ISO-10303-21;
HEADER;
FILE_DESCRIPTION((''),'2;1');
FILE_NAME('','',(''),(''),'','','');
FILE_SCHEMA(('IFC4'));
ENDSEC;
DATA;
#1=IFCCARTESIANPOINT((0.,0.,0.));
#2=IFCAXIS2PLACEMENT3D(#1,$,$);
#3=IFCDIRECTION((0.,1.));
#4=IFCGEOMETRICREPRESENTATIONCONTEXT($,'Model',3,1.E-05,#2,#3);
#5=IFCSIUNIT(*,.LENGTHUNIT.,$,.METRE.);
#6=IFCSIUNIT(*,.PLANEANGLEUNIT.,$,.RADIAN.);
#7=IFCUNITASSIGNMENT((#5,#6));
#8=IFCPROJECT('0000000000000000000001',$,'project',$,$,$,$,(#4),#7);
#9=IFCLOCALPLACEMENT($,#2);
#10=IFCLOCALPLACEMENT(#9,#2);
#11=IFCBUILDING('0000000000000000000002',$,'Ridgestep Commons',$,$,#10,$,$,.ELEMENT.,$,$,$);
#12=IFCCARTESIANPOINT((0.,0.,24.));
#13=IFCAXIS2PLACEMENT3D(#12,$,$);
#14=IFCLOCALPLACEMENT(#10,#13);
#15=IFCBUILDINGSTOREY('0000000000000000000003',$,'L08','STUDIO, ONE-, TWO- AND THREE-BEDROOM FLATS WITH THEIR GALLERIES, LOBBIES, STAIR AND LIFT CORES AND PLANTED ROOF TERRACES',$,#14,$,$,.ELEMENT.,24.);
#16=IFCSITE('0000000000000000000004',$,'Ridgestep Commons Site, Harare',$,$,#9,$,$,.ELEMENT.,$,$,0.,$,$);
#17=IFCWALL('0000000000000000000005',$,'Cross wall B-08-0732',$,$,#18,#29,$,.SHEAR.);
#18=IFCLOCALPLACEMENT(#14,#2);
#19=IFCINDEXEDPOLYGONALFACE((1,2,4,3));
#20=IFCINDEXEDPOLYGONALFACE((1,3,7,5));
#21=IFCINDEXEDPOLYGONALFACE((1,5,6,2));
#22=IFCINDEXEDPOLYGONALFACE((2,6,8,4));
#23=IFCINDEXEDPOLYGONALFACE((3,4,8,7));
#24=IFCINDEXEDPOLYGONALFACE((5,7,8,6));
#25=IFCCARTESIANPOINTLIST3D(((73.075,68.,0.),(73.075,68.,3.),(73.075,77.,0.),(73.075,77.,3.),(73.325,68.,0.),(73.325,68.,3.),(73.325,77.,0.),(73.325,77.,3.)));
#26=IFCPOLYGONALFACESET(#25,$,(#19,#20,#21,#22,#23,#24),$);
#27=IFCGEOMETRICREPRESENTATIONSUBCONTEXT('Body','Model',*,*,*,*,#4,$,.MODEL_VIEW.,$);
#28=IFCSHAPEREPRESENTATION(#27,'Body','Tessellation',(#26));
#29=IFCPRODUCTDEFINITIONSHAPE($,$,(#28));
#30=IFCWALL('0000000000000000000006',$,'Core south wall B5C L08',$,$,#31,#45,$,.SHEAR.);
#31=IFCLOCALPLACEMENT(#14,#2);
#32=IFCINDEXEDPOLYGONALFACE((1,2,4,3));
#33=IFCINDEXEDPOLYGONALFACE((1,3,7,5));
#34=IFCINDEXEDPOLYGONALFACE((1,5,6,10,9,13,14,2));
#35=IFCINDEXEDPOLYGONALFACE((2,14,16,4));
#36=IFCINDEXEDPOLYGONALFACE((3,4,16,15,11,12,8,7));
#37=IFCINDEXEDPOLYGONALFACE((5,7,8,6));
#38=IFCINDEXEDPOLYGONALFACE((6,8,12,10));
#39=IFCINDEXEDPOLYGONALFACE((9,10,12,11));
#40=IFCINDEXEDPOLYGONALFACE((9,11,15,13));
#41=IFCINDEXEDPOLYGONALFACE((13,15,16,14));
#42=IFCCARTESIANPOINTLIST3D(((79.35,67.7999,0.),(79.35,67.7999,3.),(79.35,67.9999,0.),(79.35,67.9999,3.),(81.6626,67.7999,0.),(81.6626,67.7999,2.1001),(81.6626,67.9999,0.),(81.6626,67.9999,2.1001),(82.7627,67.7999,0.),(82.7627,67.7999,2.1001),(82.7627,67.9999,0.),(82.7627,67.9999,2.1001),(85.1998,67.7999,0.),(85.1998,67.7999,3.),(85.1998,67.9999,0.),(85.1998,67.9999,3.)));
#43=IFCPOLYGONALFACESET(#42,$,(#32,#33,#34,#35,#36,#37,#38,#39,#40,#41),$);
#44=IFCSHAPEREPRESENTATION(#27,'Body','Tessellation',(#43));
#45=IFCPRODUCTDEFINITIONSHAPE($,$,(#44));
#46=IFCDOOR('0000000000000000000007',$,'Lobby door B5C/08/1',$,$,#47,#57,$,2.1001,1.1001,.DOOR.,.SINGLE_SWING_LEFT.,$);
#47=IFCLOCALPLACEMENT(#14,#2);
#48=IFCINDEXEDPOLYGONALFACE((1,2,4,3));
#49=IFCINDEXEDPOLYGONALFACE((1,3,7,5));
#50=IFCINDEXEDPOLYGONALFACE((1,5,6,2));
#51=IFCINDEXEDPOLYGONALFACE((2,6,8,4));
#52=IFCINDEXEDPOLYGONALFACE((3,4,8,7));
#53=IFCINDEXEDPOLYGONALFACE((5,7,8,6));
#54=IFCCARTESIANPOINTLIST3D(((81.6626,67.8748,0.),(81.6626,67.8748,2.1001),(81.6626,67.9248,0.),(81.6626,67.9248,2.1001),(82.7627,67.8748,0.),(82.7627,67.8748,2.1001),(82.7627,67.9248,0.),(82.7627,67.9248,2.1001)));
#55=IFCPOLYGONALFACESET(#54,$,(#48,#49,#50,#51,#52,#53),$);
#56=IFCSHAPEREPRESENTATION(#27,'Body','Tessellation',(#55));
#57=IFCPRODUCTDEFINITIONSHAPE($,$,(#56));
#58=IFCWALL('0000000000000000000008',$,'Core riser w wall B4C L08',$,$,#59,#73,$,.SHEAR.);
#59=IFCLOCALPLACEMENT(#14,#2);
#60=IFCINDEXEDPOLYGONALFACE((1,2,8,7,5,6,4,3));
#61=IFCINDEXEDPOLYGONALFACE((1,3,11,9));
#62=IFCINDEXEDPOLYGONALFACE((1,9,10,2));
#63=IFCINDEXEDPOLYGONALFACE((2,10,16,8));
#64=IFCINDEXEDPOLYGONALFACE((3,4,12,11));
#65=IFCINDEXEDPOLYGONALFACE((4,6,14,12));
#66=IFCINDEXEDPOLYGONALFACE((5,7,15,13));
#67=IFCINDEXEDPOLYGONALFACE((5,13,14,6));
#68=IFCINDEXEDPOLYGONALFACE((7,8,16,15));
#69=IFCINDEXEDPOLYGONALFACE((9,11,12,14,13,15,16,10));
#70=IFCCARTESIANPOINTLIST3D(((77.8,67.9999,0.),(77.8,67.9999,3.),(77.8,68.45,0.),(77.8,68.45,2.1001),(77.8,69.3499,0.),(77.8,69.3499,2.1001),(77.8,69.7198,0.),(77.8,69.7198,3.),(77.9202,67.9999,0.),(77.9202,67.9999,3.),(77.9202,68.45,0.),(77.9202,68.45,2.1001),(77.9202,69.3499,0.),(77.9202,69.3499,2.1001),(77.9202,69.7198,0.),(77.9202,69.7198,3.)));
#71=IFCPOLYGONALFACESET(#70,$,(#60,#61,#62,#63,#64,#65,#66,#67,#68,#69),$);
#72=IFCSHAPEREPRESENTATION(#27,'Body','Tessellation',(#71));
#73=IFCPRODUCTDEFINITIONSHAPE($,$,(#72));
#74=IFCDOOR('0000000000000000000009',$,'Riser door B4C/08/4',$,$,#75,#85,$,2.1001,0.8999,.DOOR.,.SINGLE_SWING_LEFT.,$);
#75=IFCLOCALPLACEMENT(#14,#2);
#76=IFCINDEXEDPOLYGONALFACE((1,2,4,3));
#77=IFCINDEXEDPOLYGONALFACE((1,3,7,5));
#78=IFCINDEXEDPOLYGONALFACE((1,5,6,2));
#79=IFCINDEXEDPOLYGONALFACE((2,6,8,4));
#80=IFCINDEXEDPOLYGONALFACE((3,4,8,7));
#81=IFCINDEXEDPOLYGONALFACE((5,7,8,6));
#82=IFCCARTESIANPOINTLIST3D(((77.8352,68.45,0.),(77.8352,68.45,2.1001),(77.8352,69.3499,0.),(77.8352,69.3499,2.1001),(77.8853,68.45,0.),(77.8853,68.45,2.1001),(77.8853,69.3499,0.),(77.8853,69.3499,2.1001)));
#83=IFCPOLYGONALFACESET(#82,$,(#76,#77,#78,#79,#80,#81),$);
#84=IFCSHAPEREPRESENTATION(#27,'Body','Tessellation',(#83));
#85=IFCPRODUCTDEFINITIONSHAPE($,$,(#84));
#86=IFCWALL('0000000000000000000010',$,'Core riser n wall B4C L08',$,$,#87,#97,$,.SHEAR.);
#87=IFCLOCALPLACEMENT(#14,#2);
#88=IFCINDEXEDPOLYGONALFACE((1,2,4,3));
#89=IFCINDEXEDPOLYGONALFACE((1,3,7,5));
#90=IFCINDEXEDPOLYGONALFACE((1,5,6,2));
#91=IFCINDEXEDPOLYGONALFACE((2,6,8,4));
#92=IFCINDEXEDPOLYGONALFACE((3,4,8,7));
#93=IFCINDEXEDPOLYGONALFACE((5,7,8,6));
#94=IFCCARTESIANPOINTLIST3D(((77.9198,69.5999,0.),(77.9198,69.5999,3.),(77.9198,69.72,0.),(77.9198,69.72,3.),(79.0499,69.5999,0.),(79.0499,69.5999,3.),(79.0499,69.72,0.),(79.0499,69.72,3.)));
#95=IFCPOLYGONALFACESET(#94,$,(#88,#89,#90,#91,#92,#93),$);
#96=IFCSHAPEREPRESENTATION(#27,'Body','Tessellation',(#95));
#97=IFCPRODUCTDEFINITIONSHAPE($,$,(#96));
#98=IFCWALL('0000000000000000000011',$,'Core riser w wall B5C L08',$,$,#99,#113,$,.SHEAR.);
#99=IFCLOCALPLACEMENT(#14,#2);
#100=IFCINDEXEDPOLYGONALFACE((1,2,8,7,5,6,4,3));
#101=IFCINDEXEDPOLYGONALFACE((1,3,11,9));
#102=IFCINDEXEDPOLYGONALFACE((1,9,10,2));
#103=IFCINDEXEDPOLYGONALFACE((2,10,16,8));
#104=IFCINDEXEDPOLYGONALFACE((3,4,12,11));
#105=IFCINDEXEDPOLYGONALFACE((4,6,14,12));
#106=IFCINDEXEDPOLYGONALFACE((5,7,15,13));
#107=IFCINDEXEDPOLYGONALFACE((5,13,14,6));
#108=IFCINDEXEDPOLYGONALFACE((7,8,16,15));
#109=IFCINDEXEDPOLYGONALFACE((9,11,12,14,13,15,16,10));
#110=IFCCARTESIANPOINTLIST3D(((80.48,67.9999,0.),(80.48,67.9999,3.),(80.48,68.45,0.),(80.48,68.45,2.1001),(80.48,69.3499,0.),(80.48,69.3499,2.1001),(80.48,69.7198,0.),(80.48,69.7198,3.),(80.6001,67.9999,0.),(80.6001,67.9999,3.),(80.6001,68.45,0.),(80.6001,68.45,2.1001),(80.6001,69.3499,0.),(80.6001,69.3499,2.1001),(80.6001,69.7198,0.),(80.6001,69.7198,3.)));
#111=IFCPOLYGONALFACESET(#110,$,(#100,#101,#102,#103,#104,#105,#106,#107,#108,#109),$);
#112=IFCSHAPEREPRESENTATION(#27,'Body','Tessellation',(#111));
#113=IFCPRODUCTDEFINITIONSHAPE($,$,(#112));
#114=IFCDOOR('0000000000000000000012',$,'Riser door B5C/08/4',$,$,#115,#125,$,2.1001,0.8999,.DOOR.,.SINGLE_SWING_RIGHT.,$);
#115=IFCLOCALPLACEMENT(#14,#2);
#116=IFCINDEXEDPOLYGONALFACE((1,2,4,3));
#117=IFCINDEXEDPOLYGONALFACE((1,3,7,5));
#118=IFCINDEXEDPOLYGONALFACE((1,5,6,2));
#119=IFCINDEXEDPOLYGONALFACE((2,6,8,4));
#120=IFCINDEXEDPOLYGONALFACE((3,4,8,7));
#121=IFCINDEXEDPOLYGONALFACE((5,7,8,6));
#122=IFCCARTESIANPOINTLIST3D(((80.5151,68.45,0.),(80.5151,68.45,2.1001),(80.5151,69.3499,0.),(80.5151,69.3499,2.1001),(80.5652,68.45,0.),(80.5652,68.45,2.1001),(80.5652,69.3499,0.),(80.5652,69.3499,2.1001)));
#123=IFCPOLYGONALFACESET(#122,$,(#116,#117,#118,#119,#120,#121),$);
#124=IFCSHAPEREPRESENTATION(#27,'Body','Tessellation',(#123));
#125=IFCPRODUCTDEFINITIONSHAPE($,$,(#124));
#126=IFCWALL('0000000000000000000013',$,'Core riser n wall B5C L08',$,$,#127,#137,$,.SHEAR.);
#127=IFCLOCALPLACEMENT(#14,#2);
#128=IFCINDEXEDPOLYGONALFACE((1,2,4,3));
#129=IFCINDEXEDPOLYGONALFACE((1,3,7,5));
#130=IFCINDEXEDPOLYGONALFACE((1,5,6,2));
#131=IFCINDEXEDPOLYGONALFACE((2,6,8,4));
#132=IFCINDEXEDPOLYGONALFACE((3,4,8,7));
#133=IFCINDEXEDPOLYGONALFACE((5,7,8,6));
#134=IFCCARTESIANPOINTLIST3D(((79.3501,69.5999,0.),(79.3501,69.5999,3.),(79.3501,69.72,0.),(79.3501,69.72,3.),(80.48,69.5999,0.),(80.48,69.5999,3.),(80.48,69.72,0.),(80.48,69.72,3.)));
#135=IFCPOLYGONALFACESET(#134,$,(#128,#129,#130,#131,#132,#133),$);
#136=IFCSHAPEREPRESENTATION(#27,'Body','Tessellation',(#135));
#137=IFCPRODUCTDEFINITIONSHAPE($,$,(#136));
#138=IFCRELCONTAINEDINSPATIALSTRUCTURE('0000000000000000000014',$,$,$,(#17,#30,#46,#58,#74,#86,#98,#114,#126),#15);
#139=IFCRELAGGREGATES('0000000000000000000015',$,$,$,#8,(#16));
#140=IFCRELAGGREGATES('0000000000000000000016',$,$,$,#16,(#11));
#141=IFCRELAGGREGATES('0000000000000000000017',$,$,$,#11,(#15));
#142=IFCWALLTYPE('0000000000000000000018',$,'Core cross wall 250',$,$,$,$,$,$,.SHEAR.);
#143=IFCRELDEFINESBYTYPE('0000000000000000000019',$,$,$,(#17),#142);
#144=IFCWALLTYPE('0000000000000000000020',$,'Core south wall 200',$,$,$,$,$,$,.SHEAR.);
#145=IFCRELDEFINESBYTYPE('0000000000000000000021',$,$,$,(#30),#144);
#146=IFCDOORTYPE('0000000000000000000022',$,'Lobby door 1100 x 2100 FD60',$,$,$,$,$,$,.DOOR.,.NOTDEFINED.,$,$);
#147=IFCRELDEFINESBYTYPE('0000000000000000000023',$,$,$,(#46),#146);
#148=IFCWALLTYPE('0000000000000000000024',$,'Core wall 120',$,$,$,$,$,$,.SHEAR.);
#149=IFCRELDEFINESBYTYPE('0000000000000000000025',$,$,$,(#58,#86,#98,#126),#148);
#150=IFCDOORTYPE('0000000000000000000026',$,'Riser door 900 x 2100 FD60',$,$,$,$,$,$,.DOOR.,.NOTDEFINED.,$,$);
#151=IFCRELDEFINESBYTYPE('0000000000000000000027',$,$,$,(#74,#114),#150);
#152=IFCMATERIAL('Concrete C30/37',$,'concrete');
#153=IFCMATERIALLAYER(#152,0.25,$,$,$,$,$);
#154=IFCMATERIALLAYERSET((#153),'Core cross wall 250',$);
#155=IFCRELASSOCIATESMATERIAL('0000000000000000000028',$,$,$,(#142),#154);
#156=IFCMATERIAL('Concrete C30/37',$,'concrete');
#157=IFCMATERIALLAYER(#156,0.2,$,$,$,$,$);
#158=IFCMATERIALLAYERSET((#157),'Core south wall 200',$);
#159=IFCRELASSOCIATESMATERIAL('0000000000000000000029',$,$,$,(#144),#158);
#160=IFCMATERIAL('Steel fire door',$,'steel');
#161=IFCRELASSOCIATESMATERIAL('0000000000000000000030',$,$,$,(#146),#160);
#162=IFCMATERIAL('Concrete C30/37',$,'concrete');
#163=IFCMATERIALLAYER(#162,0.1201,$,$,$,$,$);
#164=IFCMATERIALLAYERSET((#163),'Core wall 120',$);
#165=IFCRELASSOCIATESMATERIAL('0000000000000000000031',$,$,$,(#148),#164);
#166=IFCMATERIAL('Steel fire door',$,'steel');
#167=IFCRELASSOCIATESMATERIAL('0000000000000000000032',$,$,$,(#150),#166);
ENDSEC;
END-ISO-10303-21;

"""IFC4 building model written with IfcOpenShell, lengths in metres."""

from ifc_helpers import new_model, si_unit, direction, frame, frame_2d, origin, place, context, subcontext, project, spatial, rectangle, extrude, material, layer, layer_set, type_object, element, fill, save


model = new_model("IFC4")

# Units and contexts
model_context = context("Model", 3, precision=1e-05, world=origin(), true_north=direction((0.0, 1.0)))
body_context = subcontext(model_context, "Body", "Model", "MODEL_VIEW")
ifc_project = project(units=[si_unit("LENGTHUNIT", "METRE"), si_unit("PLANEANGLEUNIT", "RADIAN")], contexts=[model_context])

# Site, building, storey
site_placement = place(None, origin())
site = spatial("IfcSite", under=ifc_project, at=site_placement, Name="Ridgestep Commons Site, Harare", CompositionType="ELEMENT", RefElevation=0.0)
building_placement = place(site_placement, origin())
building = spatial("IfcBuilding", under=site, at=building_placement, Name="Ridgestep Commons", CompositionType="ELEMENT")
storey_placement = place(building_placement, frame((0.0, 0.0, 24.0)))
storey = spatial("IfcBuildingStorey", under=building, at=storey_placement, Name="L08", Description="STUDIO, ONE-, TWO- AND THREE-BEDROOM FLATS WITH THEIR GALLERIES, LOBBIES, STAIR AND LIFT CORES AND PLANTED ROOF TERRACES", CompositionType="ELEMENT", Elevation=24.0)

# Wall
ifc_material_1 = material(Name="Concrete C30/37", Category="concrete")
ifc_layer_1 = layer(ifc_material_1, 0.25)
ifc_layer_set_1 = layer_set([ifc_layer_1], Name="Core cross wall 250")
wall_type_1 = type_object("IfcWallType", Name="Core cross wall 250", PredefinedType="SHEAR", material=ifc_layer_set_1)
wall_1_placement = place(storey_placement, frame((73.2, 68.0, 0.0), z_axis=(0.0, 0.0, 1.0), x_axis=(0.0, 1.0, 0.0)))
element("IfcWall", 1, at=wall_1_placement, inside=storey, type_object=wall_type_1, Name="Cross wall B-08-0732", PredefinedType="SHEAR", context=body_context, shape_type="SweptSolid", body=[
    extrude(rectangle(XDim=9.0, YDim=0.25, at=frame_2d((4.5, 0.0))), origin(), (0.0, 0.0, 1.0), 3.0),
])

# Walls, openings, doors
ifc_material_2 = material(Name="Concrete C30/37", Category="concrete")
ifc_layer_2 = layer(ifc_material_2, 0.2)
ifc_layer_set_2 = layer_set([ifc_layer_2], Name="Core south wall 200")
wall_type_2 = type_object("IfcWallType", Name="Core south wall 200", PredefinedType="SHEAR", material=ifc_layer_set_2)
wall_2_placement = place(storey_placement, frame((79.3501, 67.8999, 0.0), z_axis=(0.0, 0.0, 1.0), x_axis=(1.0, 0.0, 0.0)))
wall_2 = element("IfcWall", 2, at=wall_2_placement, inside=storey, type_object=wall_type_2, Name="Core south wall B5C L08", PredefinedType="SHEAR", context=body_context, shape_type="SweptSolid", body=[
    extrude(rectangle(XDim=5.8499, YDim=0.2, at=frame_2d((2.9248, 0.0))), origin(), (0.0, 0.0, 1.0), 3.0),
])
opening_1_placement = place(wall_2_placement, frame((2.3125, 0.0, 0.0)))
opening_1 = element("IfcOpeningElement", 3, at=opening_1_placement, cuts=wall_2, PredefinedType="OPENING", context=body_context, shape_type="SweptSolid", body=[
    extrude(rectangle(XDim=1.1001, YDim=2.1001, at=frame_2d((0.55, 1.05))), frame((0.0, 0.1099, 0.0), z_axis=(0.0, -1.0, 0.0), x_axis=(1.0, 0.0, 0.0)), (0.0, 0.0, 1.0), 0.22),
])
ifc_material_3 = material(Name="Steel fire door", Category="steel")
door_type_1 = type_object("IfcDoorType", Name="Lobby door 1100 x 2100 FD60", OperationType="NOTDEFINED", PredefinedType="DOOR", material=ifc_material_3)
door_1_placement = place(opening_1_placement, origin())
door_1 = element("IfcDoor", 4, at=door_1_placement, inside=storey, type_object=door_type_1, Name="Lobby door B5C/08/1", OperationType="SINGLE_SWING_LEFT", OverallHeight=2.1001, OverallWidth=1.1001, PredefinedType="DOOR", context=body_context, shape_type="SweptSolid", body=[
    extrude(rectangle(XDim=1.1001, YDim=2.1001, at=frame_2d((0.55, 1.05))), frame((0.0, 0.0249, 0.0), z_axis=(0.0, -1.0, 0.0), x_axis=(1.0, 0.0, 0.0)), (0.0, 0.0, 1.0), 0.05),
])
fill(opening_1, door_1)
ifc_material_4 = material(Name="Concrete C30/37", Category="concrete")
ifc_layer_3 = layer(ifc_material_4, 0.1201)
ifc_layer_set_3 = layer_set([ifc_layer_3], Name="Core wall 120")
wall_type_3 = type_object("IfcWallType", Name="Core wall 120", PredefinedType="SHEAR", material=ifc_layer_set_3)
wall_3_placement = place(storey_placement, frame((77.8601, 68.0, 0.0), z_axis=(0.0, 0.0, 1.0), x_axis=(0.0, 1.0, 0.0)))
wall_3 = element("IfcWall", 5, at=wall_3_placement, inside=storey, type_object=wall_type_3, Name="Core riser w wall B4C L08", PredefinedType="SHEAR", context=body_context, shape_type="SweptSolid", body=[
    extrude(rectangle(XDim=1.72, YDim=0.1201, at=frame_2d((0.8599, 0.0))), origin(), (0.0, 0.0, 1.0), 3.0),
])
opening_2_placement = place(wall_3_placement, frame((0.45, 0.0, 0.0)))
opening_2 = element("IfcOpeningElement", 6, at=opening_2_placement, cuts=wall_3, PredefinedType="OPENING", context=body_context, shape_type="SweptSolid", body=[
    extrude(rectangle(XDim=0.8999, YDim=2.1001, at=frame_2d((0.45, 1.05))), frame((0.0, 0.0701, 0.0), z_axis=(0.0, -1.0, 0.0), x_axis=(1.0, 0.0, 0.0)), (0.0, 0.0, 1.0), 0.1401),
])
ifc_material_5 = material(Name="Steel fire door", Category="steel")
door_type_2 = type_object("IfcDoorType", Name="Riser door 900 x 2100 FD60", OperationType="NOTDEFINED", PredefinedType="DOOR", material=ifc_material_5)
door_2_placement = place(opening_2_placement, origin())
door_2 = element("IfcDoor", 7, at=door_2_placement, inside=storey, type_object=door_type_2, Name="Riser door B4C/08/4", OperationType="SINGLE_SWING_LEFT", OverallHeight=2.1001, OverallWidth=0.8999, PredefinedType="DOOR", context=body_context, shape_type="SweptSolid", body=[
    extrude(rectangle(XDim=0.8999, YDim=2.1001, at=frame_2d((0.45, 1.05))), frame((0.0, 0.0249, 0.0), z_axis=(0.0, -1.0, 0.0), x_axis=(1.0, 0.0, 0.0)), (0.0, 0.0, 1.0), 0.05),
])
fill(opening_2, door_2)

# Wall
wall_4_placement = place(storey_placement, frame((77.9199, 69.6599, 0.0), z_axis=(0.0, 0.0, 1.0), x_axis=(1.0, 0.0, 0.0)))
element("IfcWall", 8, at=wall_4_placement, inside=storey, type_object=wall_type_3, Name="Core riser n wall B4C L08", PredefinedType="SHEAR", context=body_context, shape_type="SweptSolid", body=[
    extrude(rectangle(XDim=1.1301, YDim=0.1201, at=frame_2d((0.5649, 0.0))), origin(), (0.0, 0.0, 1.0), 3.0),
])

# Wall, opening, door
wall_5_placement = place(storey_placement, frame((80.54, 68.0, 0.0), z_axis=(0.0, 0.0, 1.0), x_axis=(0.0, 1.0, 0.0)))
wall_5 = element("IfcWall", 9, at=wall_5_placement, inside=storey, type_object=wall_type_3, Name="Core riser w wall B5C L08", PredefinedType="SHEAR", context=body_context, shape_type="SweptSolid", body=[
    extrude(rectangle(XDim=1.72, YDim=0.1201, at=frame_2d((0.8599, 0.0))), origin(), (0.0, 0.0, 1.0), 3.0),
])
opening_3_placement = place(wall_5_placement, frame((0.45, 0.0, 0.0)))
opening_3 = element("IfcOpeningElement", 10, at=opening_3_placement, cuts=wall_5, PredefinedType="OPENING", context=body_context, shape_type="SweptSolid", body=[
    extrude(rectangle(XDim=0.8999, YDim=2.1001, at=frame_2d((0.45, 1.05))), frame((0.0, 0.0701, 0.0), z_axis=(0.0, -1.0, 0.0), x_axis=(1.0, 0.0, 0.0)), (0.0, 0.0, 1.0), 0.1401),
])
door_3_placement = place(opening_3_placement, origin())
door_3 = element("IfcDoor", 11, at=door_3_placement, inside=storey, type_object=door_type_2, Name="Riser door B5C/08/4", OperationType="SINGLE_SWING_RIGHT", OverallHeight=2.1001, OverallWidth=0.8999, PredefinedType="DOOR", context=body_context, shape_type="SweptSolid", body=[
    extrude(rectangle(XDim=0.8999, YDim=2.1001, at=frame_2d((0.45, 1.05))), frame((0.0, 0.0249, 0.0), z_axis=(0.0, -1.0, 0.0), x_axis=(1.0, 0.0, 0.0)), (0.0, 0.0, 1.0), 0.05),
])
fill(opening_3, door_3)

# Wall
wall_6_placement = place(storey_placement, frame((79.3501, 69.6599, 0.0), z_axis=(0.0, 0.0, 1.0), x_axis=(1.0, 0.0, 0.0)))
element("IfcWall", 12, at=wall_6_placement, inside=storey, type_object=wall_type_3, Name="Core riser n wall B5C L08", PredefinedType="SHEAR", context=body_context, shape_type="SweptSolid", body=[
    extrude(rectangle(XDim=1.1299, YDim=0.1201, at=frame_2d((0.5649, 0.0))), origin(), (0.0, 0.0, 1.0), 3.0),
])

save(model, "model.ifc")
